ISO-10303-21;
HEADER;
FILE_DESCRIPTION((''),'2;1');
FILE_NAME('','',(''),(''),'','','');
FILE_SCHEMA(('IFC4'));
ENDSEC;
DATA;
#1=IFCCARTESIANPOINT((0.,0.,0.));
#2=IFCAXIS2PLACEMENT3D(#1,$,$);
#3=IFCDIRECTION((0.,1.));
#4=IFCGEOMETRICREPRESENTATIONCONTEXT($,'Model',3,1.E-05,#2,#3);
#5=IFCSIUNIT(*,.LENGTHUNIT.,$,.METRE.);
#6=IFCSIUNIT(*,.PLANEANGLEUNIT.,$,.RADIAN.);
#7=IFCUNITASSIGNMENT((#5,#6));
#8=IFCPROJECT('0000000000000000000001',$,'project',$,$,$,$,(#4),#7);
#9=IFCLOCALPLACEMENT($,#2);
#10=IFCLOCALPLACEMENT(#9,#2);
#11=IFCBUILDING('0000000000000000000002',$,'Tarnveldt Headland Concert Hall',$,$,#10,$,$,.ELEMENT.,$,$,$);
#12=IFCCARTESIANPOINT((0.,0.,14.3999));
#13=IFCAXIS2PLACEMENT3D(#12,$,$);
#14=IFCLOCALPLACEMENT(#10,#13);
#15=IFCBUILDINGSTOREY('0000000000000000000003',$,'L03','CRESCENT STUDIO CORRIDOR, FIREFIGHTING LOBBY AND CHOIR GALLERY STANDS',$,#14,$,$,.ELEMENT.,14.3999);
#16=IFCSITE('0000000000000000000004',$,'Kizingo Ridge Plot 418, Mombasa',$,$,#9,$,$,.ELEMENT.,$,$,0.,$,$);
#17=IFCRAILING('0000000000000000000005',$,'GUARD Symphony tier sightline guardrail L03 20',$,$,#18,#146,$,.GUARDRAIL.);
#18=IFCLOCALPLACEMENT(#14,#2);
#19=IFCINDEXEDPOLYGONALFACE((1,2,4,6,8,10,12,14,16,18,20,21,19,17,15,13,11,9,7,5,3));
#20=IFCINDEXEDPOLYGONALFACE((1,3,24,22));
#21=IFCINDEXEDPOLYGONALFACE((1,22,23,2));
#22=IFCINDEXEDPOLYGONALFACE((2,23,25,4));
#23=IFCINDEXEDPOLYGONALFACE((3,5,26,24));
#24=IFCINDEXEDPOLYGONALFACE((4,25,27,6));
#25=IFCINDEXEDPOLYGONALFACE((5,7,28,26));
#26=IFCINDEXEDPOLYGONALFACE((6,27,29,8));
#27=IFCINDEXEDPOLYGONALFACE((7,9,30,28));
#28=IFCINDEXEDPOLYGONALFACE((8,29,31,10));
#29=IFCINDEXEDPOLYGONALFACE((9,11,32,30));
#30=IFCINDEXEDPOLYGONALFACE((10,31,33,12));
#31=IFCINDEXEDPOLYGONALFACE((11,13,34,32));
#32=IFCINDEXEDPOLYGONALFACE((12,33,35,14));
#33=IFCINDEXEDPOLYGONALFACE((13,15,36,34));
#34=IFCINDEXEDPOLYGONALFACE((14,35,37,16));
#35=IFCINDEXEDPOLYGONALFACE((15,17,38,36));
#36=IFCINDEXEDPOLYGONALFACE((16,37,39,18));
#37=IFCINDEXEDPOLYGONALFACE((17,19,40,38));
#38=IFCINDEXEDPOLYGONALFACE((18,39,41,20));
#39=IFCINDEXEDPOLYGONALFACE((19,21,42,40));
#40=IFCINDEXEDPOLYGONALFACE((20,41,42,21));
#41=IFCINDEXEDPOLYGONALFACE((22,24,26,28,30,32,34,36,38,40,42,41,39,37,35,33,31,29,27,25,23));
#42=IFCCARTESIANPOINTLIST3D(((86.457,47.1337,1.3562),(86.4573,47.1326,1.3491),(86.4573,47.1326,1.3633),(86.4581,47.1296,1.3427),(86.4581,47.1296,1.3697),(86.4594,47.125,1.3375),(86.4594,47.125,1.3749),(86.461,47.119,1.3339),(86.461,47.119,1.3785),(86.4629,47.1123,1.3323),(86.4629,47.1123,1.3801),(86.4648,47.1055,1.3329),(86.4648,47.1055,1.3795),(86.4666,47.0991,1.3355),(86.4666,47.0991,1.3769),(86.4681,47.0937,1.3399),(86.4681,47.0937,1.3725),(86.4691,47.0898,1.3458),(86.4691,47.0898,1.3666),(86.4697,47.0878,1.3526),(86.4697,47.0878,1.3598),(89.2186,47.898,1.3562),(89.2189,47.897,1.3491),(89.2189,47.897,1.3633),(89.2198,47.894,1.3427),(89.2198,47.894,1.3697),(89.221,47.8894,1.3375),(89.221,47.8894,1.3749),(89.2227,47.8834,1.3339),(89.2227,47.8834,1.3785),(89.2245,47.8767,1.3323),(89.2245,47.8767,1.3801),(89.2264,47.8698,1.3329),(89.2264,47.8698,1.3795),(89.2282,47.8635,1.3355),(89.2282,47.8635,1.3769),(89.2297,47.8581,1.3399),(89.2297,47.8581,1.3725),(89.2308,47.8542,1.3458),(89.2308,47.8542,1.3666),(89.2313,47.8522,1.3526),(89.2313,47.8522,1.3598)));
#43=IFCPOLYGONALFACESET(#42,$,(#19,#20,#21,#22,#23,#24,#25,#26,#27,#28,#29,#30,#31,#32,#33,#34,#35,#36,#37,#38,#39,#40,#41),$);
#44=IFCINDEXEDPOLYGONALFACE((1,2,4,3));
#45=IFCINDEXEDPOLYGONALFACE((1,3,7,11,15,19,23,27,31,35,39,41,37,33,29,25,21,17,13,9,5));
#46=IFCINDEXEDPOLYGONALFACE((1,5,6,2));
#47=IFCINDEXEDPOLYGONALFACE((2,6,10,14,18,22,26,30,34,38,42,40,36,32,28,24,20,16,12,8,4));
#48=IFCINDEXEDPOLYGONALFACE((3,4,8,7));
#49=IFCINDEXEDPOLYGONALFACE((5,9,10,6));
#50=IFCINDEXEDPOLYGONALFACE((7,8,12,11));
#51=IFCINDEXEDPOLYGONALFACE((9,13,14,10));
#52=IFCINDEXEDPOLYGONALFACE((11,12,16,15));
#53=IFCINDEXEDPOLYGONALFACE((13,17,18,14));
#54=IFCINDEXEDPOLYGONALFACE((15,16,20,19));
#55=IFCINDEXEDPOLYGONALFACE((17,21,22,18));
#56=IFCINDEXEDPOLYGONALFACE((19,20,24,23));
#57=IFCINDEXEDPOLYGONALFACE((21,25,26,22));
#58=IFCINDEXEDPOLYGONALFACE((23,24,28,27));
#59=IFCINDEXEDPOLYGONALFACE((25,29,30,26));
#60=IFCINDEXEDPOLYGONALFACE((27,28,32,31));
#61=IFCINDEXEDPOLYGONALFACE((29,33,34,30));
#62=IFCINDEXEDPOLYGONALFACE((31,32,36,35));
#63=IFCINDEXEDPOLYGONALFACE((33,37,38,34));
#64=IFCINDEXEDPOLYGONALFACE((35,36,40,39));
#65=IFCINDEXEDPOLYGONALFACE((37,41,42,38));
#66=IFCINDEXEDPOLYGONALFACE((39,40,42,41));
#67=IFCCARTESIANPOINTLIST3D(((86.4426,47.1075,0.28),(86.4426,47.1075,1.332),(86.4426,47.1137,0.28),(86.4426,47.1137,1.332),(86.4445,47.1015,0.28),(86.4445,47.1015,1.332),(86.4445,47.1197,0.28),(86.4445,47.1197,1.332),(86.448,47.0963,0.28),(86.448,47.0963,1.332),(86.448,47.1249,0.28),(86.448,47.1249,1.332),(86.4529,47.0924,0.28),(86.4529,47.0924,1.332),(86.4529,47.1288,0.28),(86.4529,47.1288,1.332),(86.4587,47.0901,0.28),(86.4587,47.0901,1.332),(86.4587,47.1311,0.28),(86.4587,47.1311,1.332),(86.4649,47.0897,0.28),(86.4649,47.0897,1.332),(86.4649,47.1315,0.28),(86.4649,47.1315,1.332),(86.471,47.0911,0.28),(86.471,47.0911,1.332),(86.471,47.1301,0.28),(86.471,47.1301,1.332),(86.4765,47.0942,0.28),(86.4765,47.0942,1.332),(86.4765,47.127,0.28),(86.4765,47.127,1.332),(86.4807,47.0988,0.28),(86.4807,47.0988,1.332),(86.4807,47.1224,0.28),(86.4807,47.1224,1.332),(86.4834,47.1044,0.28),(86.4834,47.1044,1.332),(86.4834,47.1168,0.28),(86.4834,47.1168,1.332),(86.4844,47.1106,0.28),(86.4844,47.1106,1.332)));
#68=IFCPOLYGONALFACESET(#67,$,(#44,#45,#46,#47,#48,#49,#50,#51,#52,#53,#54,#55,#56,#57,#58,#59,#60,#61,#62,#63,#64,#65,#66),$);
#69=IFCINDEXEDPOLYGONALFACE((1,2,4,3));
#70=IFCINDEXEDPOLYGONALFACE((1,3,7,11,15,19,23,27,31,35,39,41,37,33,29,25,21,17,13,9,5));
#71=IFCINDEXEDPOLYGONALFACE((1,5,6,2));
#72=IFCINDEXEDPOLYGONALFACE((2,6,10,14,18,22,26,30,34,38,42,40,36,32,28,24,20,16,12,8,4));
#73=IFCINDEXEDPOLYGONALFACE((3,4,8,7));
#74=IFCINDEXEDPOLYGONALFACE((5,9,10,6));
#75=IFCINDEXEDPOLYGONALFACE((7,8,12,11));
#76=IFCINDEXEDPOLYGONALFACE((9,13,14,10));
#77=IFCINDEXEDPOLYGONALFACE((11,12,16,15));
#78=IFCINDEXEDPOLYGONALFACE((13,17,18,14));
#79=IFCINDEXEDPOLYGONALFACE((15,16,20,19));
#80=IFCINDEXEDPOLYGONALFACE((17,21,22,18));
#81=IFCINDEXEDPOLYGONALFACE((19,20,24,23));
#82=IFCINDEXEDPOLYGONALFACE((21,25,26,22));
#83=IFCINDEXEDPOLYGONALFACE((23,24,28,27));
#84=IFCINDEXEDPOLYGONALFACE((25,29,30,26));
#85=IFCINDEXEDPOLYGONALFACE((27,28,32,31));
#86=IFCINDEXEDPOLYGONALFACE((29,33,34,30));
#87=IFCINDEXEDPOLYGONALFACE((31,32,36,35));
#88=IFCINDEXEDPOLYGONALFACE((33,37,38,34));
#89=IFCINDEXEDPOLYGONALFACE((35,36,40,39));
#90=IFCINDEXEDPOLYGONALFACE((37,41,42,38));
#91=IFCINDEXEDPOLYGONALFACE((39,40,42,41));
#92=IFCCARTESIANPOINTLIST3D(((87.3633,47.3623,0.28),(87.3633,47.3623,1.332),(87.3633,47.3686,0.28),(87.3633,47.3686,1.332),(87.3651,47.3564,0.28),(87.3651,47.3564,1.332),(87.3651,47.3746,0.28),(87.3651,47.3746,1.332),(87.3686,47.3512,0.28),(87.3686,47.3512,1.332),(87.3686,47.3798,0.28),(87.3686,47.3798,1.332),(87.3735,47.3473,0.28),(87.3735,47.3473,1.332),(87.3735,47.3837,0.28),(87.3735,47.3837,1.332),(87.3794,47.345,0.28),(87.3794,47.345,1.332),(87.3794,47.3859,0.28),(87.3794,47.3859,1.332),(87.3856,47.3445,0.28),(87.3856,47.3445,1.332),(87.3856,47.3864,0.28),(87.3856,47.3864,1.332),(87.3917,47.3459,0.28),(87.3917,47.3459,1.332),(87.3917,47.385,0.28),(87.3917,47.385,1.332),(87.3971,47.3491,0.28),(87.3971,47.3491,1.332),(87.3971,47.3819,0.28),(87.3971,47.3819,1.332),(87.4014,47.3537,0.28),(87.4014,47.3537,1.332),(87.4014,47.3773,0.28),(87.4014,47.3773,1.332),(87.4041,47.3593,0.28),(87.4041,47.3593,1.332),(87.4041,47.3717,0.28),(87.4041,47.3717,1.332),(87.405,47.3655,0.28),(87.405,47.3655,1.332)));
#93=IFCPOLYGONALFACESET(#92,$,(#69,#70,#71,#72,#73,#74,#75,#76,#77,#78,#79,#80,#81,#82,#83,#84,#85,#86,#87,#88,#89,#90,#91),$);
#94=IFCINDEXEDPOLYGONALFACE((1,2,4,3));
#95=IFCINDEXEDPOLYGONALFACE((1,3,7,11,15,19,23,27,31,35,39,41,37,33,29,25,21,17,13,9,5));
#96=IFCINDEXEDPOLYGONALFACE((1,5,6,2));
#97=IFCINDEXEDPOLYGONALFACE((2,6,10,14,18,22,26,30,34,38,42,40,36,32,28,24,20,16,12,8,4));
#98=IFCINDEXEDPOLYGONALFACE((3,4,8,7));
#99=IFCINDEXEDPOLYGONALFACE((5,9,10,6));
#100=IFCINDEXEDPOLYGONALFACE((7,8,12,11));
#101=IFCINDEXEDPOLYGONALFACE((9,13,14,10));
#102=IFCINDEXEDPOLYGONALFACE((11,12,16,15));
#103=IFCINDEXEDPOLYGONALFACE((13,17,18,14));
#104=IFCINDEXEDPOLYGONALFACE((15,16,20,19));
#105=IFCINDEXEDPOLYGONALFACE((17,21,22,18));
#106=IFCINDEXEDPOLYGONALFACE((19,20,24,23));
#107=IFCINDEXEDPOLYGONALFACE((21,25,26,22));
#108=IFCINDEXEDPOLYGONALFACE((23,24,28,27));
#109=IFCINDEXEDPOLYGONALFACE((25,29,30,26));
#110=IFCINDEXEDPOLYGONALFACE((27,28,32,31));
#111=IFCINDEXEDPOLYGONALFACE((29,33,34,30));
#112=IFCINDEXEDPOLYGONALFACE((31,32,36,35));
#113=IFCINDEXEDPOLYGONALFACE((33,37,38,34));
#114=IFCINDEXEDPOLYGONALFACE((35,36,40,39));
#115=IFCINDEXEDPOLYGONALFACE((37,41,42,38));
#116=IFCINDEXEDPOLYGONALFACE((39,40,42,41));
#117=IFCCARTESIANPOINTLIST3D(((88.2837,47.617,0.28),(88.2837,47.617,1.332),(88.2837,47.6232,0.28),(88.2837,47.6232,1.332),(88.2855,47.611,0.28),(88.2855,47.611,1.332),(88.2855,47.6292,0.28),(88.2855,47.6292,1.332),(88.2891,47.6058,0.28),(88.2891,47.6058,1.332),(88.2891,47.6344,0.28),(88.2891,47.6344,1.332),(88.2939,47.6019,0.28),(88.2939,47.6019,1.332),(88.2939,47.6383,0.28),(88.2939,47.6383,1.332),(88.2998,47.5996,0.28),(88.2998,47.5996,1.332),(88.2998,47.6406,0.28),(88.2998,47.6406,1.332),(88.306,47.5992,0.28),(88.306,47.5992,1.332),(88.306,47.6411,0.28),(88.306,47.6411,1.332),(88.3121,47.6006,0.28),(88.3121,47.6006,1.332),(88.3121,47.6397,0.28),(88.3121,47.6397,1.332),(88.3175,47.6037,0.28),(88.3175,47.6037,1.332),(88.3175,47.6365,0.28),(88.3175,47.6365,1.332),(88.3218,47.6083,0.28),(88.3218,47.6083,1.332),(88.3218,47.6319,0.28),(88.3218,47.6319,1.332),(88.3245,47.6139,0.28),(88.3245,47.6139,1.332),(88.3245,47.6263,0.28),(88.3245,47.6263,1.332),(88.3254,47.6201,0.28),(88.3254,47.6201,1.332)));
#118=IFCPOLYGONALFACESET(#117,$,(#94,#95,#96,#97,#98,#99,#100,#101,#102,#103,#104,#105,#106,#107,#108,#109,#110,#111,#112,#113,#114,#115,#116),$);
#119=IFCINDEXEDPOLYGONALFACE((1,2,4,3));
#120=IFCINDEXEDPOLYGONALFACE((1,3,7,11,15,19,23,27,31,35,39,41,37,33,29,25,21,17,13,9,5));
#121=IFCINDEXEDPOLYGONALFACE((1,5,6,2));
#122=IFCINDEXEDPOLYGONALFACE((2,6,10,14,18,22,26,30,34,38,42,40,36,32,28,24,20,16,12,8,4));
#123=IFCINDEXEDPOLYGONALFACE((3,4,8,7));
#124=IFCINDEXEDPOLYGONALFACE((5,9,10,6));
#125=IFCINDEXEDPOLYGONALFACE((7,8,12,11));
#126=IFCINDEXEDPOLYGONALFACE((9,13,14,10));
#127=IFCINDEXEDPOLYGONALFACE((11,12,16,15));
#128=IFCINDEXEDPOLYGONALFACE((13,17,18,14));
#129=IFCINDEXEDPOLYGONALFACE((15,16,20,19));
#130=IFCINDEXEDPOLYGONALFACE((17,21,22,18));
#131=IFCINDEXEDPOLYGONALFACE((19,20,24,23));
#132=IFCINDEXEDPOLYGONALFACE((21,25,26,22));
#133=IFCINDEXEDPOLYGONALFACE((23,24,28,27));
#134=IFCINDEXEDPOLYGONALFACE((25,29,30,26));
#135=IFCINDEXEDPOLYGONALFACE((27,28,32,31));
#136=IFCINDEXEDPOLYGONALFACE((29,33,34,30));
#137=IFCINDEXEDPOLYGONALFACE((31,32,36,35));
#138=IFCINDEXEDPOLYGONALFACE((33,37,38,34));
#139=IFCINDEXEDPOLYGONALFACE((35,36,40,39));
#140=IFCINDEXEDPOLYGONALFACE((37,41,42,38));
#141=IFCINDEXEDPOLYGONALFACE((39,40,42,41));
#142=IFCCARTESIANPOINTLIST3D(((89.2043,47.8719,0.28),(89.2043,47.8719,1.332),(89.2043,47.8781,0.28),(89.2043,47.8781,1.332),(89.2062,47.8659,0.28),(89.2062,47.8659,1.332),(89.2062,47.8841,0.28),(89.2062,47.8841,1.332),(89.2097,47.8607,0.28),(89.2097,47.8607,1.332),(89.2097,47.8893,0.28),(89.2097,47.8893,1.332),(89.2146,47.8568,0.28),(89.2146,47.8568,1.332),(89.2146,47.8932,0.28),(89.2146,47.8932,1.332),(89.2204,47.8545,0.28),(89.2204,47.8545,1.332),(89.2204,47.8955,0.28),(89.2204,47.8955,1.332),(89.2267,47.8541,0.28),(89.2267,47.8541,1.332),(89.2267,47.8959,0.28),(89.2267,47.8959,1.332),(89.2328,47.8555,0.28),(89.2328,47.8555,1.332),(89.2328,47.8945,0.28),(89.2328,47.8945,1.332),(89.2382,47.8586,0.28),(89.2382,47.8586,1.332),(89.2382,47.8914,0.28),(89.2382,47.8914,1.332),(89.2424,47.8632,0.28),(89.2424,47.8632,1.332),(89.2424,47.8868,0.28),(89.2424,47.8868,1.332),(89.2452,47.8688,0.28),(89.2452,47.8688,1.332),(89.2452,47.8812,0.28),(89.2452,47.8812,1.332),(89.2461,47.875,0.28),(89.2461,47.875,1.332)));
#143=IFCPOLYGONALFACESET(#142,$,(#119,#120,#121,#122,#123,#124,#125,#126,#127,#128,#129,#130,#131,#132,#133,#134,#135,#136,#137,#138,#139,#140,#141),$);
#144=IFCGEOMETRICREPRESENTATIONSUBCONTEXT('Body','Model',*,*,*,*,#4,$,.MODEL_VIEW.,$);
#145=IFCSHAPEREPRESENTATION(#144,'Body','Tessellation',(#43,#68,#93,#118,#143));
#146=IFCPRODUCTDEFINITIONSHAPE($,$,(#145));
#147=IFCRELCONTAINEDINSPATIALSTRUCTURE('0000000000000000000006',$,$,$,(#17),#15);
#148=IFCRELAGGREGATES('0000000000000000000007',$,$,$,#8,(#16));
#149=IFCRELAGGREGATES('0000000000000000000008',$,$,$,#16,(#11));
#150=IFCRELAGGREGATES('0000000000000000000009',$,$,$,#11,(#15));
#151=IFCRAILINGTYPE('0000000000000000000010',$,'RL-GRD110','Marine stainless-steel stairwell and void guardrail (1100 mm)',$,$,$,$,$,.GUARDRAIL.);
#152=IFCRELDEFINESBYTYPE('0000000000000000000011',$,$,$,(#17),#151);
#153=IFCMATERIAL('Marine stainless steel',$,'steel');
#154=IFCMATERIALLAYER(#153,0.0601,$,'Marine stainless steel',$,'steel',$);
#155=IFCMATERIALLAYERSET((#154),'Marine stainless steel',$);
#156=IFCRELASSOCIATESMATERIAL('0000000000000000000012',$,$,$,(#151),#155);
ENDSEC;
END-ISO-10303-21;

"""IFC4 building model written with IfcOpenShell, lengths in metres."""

from ifc_helpers import new_model, si_unit, direction, frame, origin, origin_2d, place, context, subcontext, project, spatial, circle, extrude, material, layer, layer_set, type_object, element, save


model = new_model("IFC4")

# Units and contexts
model_context = context("Model", 3, precision=1e-05, world=origin(), true_north=direction((0.0, 1.0)))
body_context = subcontext(model_context, "Body", "Model", "MODEL_VIEW")
ifc_project = project(units=[si_unit("LENGTHUNIT", "METRE"), si_unit("PLANEANGLEUNIT", "RADIAN")], contexts=[model_context])

# Site, building, storey
site_placement = place(None, origin())
site = spatial("IfcSite", under=ifc_project, at=site_placement, Name="Kizingo Ridge Plot 418, Mombasa", CompositionType="ELEMENT", RefElevation=0.0)
building_placement = place(site_placement, origin())
building = spatial("IfcBuilding", under=site, at=building_placement, Name="Tarnveldt Headland Concert Hall", CompositionType="ELEMENT")
storey_placement = place(building_placement, frame((0.0, 0.0, 14.3999)))
storey = spatial("IfcBuildingStorey", under=building, at=storey_placement, Name="L03", Description="CRESCENT STUDIO CORRIDOR, FIREFIGHTING LOBBY AND CHOIR GALLERY STANDS", CompositionType="ELEMENT", Elevation=14.3999)

# Railing
ifc_material_1 = material(Name="Marine stainless steel", Category="steel")
ifc_layer = layer(ifc_material_1, 0.0601, Name="Marine stainless steel", Category="steel")
ifc_layer_set = layer_set([ifc_layer], Name="Marine stainless steel")
railing_type = type_object("IfcRailingType", Name="RL-GRD110", Description="Marine stainless-steel stairwell and void guardrail (1100 mm)", PredefinedType="GUARDRAIL", material=ifc_layer_set)
railing_1_placement = place(storey_placement, frame((86.4634, 47.1106, 0.28)))
element("IfcRailing", 1, at=railing_1_placement, inside=storey, type_object=railing_type, Name="GUARD Symphony tier sightline guardrail L03 20", PredefinedType="GUARDRAIL", context=body_context, shape_type="SweptSolid", body=[
    extrude(circle(Radius=0.0239, at=origin_2d()), frame((0.0, 0.0, 1.0762), z_axis=(0.963764, 0.266756, 0.0), x_axis=(-0.266756, 0.963764, 0.0)), (0.0, 0.0, 1.0), 2.8655),
    extrude(circle(Radius=0.021, at=origin_2d()), origin(), (0.0, 0.0, 1.0), 1.052),
    extrude(circle(Radius=0.021, at=origin_2d()), frame((0.9207, 0.2549, 0.0)), (0.0, 0.0, 1.0), 1.052),
    extrude(circle(Radius=0.021, at=origin_2d()), frame((1.8411, 0.5095, 0.0)), (0.0, 0.0, 1.0), 1.052),
    extrude(circle(Radius=0.021, at=origin_2d()), frame((2.7617, 0.7644, 0.0)), (0.0, 0.0, 1.0), 1.052),
])

save(model, "model.ifc")
